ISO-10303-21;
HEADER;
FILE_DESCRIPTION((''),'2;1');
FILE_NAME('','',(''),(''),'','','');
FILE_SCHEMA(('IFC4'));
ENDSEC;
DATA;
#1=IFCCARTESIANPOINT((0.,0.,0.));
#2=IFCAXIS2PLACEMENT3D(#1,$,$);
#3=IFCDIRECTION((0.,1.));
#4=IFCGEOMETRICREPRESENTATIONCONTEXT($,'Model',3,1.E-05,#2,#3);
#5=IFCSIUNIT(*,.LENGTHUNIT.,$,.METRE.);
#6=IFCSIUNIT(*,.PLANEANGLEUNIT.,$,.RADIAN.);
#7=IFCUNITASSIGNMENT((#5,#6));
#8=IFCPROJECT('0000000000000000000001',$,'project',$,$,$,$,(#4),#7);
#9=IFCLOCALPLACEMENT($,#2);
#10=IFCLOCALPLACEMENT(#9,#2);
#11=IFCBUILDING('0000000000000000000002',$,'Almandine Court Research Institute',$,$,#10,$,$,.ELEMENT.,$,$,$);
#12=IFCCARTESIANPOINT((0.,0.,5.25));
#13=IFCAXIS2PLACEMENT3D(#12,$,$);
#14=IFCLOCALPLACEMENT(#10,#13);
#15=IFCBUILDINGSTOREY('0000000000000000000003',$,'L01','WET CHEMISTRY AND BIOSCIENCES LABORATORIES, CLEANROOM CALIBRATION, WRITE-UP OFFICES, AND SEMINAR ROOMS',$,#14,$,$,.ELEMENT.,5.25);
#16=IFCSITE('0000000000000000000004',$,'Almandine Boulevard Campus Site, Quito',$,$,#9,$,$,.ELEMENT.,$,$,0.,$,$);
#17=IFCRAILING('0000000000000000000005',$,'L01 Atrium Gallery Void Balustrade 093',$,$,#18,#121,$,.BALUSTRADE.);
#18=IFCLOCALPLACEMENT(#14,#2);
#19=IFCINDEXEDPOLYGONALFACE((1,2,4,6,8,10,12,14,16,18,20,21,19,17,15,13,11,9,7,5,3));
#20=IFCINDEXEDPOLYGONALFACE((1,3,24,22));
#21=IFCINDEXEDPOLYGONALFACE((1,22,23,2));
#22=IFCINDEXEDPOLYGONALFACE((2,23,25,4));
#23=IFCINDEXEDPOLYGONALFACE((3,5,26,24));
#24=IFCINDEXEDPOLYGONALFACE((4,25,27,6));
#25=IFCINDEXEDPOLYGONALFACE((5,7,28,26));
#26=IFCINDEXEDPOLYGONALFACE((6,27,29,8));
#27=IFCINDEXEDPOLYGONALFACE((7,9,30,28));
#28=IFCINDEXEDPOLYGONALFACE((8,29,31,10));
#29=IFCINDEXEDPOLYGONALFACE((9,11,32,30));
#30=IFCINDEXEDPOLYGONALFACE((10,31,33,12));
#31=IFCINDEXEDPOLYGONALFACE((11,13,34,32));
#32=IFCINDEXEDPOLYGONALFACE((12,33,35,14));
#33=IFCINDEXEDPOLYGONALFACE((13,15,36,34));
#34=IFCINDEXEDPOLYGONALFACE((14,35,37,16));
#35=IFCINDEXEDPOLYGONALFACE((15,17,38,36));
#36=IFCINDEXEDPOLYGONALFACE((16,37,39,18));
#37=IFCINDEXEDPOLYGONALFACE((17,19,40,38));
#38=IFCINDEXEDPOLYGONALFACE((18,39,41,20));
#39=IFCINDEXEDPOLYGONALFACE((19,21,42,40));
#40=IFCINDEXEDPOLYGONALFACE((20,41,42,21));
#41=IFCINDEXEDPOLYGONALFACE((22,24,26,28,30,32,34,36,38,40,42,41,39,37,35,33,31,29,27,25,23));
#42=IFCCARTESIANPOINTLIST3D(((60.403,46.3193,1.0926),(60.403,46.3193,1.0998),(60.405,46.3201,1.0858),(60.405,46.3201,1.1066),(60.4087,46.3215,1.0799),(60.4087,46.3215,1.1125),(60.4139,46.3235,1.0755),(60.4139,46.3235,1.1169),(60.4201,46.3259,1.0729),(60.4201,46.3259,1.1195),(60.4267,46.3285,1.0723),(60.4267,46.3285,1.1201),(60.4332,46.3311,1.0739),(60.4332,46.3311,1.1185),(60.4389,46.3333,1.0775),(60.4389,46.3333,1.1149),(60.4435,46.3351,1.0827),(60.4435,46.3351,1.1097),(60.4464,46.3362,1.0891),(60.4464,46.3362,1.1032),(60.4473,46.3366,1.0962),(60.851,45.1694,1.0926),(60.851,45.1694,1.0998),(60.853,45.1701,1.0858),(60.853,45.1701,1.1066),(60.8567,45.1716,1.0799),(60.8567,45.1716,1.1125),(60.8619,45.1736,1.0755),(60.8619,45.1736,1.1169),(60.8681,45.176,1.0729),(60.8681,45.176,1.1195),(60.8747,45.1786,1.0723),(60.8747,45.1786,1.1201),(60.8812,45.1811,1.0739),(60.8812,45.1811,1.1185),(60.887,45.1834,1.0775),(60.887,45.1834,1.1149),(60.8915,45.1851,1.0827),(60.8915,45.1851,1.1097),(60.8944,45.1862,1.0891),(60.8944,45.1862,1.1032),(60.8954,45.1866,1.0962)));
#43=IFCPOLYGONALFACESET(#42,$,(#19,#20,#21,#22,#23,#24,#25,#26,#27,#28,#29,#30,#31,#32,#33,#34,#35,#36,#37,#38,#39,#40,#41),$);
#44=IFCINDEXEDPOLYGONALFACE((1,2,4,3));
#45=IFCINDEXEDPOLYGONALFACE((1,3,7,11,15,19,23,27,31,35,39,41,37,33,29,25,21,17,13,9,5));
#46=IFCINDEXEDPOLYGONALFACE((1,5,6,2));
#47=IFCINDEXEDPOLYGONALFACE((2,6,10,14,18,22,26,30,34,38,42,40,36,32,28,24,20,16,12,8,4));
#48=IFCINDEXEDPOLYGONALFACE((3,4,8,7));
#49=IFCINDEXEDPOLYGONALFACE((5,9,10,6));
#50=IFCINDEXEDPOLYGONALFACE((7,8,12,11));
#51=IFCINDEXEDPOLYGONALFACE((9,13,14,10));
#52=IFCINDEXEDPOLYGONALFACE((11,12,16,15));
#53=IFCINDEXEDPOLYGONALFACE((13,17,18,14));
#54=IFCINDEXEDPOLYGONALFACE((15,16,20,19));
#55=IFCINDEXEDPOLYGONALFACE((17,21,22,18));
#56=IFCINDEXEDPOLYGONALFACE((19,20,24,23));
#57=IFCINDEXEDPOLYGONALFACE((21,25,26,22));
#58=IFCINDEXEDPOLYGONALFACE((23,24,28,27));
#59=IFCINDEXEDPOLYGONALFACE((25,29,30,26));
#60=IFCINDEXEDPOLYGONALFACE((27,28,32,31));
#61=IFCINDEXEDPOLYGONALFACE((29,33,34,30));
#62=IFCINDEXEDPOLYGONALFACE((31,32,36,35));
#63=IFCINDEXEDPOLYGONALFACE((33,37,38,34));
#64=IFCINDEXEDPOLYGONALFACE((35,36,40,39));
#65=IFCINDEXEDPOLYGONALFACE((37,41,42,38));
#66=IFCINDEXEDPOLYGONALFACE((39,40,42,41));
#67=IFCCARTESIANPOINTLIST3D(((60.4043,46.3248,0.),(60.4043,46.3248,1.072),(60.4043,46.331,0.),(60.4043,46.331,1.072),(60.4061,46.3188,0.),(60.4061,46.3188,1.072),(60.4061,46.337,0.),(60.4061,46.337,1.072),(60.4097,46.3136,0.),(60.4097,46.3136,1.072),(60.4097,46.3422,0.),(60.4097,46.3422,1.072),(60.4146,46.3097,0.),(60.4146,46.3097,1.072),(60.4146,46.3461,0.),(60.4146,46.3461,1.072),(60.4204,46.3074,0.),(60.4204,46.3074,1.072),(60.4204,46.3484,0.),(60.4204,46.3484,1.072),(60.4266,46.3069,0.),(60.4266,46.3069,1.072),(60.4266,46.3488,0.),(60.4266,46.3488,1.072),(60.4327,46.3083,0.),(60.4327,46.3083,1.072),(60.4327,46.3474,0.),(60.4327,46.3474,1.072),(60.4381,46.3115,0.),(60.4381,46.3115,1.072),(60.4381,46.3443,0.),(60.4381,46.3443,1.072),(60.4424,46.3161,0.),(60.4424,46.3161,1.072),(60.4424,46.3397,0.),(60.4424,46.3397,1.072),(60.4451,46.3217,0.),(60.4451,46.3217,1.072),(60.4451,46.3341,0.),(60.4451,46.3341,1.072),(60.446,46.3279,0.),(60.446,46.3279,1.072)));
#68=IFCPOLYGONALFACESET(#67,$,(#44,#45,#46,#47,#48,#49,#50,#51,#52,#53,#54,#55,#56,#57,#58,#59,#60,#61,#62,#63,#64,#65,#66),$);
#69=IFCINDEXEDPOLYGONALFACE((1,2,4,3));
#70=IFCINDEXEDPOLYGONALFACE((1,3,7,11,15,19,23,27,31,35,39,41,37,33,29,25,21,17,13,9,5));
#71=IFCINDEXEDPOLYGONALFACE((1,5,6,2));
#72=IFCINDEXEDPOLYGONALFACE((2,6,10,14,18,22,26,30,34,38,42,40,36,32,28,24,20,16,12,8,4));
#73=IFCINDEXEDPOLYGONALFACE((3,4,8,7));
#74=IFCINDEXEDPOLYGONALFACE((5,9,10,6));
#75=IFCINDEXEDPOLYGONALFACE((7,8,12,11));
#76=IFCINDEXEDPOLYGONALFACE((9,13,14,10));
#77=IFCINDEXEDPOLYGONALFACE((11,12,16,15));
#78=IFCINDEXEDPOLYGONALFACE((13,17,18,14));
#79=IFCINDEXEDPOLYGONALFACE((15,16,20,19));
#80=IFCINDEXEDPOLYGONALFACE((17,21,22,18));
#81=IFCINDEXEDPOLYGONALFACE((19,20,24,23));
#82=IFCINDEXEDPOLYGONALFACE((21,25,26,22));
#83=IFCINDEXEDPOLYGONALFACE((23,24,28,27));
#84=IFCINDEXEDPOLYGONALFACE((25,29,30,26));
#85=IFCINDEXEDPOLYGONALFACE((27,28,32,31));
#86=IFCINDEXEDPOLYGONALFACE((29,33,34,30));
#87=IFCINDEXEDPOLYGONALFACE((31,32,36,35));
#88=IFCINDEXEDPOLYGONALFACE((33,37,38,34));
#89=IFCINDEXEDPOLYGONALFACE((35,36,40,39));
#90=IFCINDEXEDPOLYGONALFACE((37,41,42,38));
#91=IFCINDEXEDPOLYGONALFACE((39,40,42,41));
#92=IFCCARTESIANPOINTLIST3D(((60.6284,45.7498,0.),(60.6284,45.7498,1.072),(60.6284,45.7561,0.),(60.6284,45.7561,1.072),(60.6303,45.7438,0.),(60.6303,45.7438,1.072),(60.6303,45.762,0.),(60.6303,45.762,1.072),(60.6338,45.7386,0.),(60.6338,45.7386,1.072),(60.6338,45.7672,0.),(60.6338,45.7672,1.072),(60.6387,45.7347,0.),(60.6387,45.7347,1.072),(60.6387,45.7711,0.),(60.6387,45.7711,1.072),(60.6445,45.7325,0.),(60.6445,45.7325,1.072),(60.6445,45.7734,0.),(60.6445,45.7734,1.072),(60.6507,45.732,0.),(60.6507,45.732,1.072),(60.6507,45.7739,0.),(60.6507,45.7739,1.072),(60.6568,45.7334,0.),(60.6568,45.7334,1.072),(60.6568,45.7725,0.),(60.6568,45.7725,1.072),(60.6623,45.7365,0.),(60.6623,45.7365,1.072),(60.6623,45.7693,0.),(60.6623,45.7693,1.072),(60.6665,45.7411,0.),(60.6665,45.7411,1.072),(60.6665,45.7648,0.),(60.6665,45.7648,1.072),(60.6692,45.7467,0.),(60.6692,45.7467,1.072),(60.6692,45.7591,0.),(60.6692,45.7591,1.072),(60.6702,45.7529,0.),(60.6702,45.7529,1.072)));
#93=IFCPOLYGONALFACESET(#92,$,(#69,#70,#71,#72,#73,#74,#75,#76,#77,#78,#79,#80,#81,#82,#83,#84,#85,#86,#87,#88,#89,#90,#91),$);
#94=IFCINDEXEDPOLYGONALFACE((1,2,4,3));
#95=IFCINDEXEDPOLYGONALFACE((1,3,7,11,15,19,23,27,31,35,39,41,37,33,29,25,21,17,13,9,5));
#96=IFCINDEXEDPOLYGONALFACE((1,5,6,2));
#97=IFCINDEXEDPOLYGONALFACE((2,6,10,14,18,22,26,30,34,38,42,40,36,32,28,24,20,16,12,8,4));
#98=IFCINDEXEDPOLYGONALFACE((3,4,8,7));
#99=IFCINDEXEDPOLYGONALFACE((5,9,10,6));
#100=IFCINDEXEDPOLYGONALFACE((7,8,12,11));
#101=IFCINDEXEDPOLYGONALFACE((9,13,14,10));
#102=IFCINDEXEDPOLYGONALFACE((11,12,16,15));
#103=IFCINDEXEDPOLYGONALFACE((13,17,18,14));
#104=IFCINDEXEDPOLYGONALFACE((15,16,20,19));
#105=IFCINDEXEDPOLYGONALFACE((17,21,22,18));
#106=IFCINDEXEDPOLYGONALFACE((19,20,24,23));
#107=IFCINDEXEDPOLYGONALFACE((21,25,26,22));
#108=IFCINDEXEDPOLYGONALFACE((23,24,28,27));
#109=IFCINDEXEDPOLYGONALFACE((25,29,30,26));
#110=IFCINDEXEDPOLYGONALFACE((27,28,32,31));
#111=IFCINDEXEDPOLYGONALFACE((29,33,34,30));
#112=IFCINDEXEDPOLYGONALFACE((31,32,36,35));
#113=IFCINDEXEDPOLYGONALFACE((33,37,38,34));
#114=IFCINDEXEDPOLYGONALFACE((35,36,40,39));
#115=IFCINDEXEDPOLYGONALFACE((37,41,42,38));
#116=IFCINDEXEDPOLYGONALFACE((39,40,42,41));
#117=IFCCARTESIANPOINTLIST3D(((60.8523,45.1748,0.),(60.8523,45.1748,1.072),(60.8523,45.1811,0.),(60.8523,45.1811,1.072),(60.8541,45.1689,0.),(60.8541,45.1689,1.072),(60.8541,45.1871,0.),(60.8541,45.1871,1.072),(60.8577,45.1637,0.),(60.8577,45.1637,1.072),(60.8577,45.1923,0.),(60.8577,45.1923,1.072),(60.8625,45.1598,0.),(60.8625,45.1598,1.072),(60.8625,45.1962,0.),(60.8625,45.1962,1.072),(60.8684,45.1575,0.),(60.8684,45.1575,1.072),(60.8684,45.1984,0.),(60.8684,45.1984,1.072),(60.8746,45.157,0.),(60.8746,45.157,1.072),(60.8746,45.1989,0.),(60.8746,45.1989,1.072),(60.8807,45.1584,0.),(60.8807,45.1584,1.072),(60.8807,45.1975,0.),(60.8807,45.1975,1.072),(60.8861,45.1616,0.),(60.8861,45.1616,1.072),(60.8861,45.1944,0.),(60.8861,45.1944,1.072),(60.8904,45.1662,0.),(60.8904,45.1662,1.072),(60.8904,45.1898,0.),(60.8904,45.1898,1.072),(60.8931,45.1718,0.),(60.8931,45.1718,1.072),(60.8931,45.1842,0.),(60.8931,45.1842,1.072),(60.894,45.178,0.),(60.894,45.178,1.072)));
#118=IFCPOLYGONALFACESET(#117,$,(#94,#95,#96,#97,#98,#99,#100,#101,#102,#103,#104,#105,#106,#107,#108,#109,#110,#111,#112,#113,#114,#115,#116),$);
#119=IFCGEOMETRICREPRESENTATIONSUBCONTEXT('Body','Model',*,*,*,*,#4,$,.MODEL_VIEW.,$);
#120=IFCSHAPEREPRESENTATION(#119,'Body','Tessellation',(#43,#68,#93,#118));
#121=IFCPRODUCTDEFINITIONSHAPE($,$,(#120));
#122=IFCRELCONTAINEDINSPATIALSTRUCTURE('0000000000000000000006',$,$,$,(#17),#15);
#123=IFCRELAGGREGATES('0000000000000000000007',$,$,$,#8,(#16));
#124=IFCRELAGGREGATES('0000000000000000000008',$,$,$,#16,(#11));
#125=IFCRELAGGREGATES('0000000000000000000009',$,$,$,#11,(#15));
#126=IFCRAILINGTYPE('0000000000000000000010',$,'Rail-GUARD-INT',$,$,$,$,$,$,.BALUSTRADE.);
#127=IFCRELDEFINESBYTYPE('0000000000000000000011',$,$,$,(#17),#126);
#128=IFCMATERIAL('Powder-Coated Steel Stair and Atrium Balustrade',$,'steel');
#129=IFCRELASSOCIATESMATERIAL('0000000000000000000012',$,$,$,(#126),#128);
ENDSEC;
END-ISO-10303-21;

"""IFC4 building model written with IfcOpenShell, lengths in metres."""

from ifc_helpers import new_model, si_unit, direction, frame, origin, origin_2d, place, context, subcontext, project, spatial, circle, extrude, material, type_object, element, save


model = new_model("IFC4")

# Units and contexts
model_context = context("Model", 3, precision=1e-05, world=origin(), true_north=direction((0.0, 1.0)))
body_context = subcontext(model_context, "Body", "Model", "MODEL_VIEW")
ifc_project = project(units=[si_unit("LENGTHUNIT", "METRE"), si_unit("PLANEANGLEUNIT", "RADIAN")], contexts=[model_context])

# Site, building, storey
site_placement = place(None, origin())
site = spatial("IfcSite", under=ifc_project, at=site_placement, Name="Almandine Boulevard Campus Site, Quito", CompositionType="ELEMENT", RefElevation=0.0)
building_placement = place(site_placement, origin())
building = spatial("IfcBuilding", under=site, at=building_placement, Name="Almandine Court Research Institute", CompositionType="ELEMENT")
storey_placement = place(building_placement, frame((0.0, 0.0, 5.25)))
storey = spatial("IfcBuildingStorey", under=building, at=storey_placement, Name="L01", Description="WET CHEMISTRY AND BIOSCIENCES LABORATORIES, CLEANROOM CALIBRATION, WRITE-UP OFFICES, AND SEMINAR ROOMS", CompositionType="ELEMENT", Elevation=5.25)

# Railing
ifc_material_1 = material(Name="Powder-Coated Steel Stair and Atrium Balustrade", Category="steel")
railing_type = type_object("IfcRailingType", Name="Rail-GUARD-INT", PredefinedType="BALUSTRADE", material=ifc_material_1)
railing_1_placement = place(storey_placement, frame((60.425, 46.3279, 0.0)))
element("IfcRailing", 1, at=railing_1_placement, inside=storey, type_object=railing_type, Name="L01 Atrium Gallery Void Balustrade 093", PredefinedType="BALUSTRADE", context=body_context, shape_type="SweptSolid", body=[
    extrude(circle(Radius=0.0239, at=origin_2d()), frame((0.0, 0.0, 1.0962), z_axis=(0.363019, -0.931782, 0.0), x_axis=(0.931782, 0.363019, 0.0)), (0.0, 0.0, 1.0), 1.2341),
    extrude(circle(Radius=0.021, at=origin_2d()), origin(), (0.0, 0.0, 1.0), 1.072),
    extrude(circle(Radius=0.021, at=origin_2d()), frame((0.2241, -0.575, 0.0)), (0.0, 0.0, 1.0), 1.072),
    extrude(circle(Radius=0.021, at=origin_2d()), frame((0.448, -1.1499, 0.0)), (0.0, 0.0, 1.0), 1.072),
])

save(model, "model.ifc")
